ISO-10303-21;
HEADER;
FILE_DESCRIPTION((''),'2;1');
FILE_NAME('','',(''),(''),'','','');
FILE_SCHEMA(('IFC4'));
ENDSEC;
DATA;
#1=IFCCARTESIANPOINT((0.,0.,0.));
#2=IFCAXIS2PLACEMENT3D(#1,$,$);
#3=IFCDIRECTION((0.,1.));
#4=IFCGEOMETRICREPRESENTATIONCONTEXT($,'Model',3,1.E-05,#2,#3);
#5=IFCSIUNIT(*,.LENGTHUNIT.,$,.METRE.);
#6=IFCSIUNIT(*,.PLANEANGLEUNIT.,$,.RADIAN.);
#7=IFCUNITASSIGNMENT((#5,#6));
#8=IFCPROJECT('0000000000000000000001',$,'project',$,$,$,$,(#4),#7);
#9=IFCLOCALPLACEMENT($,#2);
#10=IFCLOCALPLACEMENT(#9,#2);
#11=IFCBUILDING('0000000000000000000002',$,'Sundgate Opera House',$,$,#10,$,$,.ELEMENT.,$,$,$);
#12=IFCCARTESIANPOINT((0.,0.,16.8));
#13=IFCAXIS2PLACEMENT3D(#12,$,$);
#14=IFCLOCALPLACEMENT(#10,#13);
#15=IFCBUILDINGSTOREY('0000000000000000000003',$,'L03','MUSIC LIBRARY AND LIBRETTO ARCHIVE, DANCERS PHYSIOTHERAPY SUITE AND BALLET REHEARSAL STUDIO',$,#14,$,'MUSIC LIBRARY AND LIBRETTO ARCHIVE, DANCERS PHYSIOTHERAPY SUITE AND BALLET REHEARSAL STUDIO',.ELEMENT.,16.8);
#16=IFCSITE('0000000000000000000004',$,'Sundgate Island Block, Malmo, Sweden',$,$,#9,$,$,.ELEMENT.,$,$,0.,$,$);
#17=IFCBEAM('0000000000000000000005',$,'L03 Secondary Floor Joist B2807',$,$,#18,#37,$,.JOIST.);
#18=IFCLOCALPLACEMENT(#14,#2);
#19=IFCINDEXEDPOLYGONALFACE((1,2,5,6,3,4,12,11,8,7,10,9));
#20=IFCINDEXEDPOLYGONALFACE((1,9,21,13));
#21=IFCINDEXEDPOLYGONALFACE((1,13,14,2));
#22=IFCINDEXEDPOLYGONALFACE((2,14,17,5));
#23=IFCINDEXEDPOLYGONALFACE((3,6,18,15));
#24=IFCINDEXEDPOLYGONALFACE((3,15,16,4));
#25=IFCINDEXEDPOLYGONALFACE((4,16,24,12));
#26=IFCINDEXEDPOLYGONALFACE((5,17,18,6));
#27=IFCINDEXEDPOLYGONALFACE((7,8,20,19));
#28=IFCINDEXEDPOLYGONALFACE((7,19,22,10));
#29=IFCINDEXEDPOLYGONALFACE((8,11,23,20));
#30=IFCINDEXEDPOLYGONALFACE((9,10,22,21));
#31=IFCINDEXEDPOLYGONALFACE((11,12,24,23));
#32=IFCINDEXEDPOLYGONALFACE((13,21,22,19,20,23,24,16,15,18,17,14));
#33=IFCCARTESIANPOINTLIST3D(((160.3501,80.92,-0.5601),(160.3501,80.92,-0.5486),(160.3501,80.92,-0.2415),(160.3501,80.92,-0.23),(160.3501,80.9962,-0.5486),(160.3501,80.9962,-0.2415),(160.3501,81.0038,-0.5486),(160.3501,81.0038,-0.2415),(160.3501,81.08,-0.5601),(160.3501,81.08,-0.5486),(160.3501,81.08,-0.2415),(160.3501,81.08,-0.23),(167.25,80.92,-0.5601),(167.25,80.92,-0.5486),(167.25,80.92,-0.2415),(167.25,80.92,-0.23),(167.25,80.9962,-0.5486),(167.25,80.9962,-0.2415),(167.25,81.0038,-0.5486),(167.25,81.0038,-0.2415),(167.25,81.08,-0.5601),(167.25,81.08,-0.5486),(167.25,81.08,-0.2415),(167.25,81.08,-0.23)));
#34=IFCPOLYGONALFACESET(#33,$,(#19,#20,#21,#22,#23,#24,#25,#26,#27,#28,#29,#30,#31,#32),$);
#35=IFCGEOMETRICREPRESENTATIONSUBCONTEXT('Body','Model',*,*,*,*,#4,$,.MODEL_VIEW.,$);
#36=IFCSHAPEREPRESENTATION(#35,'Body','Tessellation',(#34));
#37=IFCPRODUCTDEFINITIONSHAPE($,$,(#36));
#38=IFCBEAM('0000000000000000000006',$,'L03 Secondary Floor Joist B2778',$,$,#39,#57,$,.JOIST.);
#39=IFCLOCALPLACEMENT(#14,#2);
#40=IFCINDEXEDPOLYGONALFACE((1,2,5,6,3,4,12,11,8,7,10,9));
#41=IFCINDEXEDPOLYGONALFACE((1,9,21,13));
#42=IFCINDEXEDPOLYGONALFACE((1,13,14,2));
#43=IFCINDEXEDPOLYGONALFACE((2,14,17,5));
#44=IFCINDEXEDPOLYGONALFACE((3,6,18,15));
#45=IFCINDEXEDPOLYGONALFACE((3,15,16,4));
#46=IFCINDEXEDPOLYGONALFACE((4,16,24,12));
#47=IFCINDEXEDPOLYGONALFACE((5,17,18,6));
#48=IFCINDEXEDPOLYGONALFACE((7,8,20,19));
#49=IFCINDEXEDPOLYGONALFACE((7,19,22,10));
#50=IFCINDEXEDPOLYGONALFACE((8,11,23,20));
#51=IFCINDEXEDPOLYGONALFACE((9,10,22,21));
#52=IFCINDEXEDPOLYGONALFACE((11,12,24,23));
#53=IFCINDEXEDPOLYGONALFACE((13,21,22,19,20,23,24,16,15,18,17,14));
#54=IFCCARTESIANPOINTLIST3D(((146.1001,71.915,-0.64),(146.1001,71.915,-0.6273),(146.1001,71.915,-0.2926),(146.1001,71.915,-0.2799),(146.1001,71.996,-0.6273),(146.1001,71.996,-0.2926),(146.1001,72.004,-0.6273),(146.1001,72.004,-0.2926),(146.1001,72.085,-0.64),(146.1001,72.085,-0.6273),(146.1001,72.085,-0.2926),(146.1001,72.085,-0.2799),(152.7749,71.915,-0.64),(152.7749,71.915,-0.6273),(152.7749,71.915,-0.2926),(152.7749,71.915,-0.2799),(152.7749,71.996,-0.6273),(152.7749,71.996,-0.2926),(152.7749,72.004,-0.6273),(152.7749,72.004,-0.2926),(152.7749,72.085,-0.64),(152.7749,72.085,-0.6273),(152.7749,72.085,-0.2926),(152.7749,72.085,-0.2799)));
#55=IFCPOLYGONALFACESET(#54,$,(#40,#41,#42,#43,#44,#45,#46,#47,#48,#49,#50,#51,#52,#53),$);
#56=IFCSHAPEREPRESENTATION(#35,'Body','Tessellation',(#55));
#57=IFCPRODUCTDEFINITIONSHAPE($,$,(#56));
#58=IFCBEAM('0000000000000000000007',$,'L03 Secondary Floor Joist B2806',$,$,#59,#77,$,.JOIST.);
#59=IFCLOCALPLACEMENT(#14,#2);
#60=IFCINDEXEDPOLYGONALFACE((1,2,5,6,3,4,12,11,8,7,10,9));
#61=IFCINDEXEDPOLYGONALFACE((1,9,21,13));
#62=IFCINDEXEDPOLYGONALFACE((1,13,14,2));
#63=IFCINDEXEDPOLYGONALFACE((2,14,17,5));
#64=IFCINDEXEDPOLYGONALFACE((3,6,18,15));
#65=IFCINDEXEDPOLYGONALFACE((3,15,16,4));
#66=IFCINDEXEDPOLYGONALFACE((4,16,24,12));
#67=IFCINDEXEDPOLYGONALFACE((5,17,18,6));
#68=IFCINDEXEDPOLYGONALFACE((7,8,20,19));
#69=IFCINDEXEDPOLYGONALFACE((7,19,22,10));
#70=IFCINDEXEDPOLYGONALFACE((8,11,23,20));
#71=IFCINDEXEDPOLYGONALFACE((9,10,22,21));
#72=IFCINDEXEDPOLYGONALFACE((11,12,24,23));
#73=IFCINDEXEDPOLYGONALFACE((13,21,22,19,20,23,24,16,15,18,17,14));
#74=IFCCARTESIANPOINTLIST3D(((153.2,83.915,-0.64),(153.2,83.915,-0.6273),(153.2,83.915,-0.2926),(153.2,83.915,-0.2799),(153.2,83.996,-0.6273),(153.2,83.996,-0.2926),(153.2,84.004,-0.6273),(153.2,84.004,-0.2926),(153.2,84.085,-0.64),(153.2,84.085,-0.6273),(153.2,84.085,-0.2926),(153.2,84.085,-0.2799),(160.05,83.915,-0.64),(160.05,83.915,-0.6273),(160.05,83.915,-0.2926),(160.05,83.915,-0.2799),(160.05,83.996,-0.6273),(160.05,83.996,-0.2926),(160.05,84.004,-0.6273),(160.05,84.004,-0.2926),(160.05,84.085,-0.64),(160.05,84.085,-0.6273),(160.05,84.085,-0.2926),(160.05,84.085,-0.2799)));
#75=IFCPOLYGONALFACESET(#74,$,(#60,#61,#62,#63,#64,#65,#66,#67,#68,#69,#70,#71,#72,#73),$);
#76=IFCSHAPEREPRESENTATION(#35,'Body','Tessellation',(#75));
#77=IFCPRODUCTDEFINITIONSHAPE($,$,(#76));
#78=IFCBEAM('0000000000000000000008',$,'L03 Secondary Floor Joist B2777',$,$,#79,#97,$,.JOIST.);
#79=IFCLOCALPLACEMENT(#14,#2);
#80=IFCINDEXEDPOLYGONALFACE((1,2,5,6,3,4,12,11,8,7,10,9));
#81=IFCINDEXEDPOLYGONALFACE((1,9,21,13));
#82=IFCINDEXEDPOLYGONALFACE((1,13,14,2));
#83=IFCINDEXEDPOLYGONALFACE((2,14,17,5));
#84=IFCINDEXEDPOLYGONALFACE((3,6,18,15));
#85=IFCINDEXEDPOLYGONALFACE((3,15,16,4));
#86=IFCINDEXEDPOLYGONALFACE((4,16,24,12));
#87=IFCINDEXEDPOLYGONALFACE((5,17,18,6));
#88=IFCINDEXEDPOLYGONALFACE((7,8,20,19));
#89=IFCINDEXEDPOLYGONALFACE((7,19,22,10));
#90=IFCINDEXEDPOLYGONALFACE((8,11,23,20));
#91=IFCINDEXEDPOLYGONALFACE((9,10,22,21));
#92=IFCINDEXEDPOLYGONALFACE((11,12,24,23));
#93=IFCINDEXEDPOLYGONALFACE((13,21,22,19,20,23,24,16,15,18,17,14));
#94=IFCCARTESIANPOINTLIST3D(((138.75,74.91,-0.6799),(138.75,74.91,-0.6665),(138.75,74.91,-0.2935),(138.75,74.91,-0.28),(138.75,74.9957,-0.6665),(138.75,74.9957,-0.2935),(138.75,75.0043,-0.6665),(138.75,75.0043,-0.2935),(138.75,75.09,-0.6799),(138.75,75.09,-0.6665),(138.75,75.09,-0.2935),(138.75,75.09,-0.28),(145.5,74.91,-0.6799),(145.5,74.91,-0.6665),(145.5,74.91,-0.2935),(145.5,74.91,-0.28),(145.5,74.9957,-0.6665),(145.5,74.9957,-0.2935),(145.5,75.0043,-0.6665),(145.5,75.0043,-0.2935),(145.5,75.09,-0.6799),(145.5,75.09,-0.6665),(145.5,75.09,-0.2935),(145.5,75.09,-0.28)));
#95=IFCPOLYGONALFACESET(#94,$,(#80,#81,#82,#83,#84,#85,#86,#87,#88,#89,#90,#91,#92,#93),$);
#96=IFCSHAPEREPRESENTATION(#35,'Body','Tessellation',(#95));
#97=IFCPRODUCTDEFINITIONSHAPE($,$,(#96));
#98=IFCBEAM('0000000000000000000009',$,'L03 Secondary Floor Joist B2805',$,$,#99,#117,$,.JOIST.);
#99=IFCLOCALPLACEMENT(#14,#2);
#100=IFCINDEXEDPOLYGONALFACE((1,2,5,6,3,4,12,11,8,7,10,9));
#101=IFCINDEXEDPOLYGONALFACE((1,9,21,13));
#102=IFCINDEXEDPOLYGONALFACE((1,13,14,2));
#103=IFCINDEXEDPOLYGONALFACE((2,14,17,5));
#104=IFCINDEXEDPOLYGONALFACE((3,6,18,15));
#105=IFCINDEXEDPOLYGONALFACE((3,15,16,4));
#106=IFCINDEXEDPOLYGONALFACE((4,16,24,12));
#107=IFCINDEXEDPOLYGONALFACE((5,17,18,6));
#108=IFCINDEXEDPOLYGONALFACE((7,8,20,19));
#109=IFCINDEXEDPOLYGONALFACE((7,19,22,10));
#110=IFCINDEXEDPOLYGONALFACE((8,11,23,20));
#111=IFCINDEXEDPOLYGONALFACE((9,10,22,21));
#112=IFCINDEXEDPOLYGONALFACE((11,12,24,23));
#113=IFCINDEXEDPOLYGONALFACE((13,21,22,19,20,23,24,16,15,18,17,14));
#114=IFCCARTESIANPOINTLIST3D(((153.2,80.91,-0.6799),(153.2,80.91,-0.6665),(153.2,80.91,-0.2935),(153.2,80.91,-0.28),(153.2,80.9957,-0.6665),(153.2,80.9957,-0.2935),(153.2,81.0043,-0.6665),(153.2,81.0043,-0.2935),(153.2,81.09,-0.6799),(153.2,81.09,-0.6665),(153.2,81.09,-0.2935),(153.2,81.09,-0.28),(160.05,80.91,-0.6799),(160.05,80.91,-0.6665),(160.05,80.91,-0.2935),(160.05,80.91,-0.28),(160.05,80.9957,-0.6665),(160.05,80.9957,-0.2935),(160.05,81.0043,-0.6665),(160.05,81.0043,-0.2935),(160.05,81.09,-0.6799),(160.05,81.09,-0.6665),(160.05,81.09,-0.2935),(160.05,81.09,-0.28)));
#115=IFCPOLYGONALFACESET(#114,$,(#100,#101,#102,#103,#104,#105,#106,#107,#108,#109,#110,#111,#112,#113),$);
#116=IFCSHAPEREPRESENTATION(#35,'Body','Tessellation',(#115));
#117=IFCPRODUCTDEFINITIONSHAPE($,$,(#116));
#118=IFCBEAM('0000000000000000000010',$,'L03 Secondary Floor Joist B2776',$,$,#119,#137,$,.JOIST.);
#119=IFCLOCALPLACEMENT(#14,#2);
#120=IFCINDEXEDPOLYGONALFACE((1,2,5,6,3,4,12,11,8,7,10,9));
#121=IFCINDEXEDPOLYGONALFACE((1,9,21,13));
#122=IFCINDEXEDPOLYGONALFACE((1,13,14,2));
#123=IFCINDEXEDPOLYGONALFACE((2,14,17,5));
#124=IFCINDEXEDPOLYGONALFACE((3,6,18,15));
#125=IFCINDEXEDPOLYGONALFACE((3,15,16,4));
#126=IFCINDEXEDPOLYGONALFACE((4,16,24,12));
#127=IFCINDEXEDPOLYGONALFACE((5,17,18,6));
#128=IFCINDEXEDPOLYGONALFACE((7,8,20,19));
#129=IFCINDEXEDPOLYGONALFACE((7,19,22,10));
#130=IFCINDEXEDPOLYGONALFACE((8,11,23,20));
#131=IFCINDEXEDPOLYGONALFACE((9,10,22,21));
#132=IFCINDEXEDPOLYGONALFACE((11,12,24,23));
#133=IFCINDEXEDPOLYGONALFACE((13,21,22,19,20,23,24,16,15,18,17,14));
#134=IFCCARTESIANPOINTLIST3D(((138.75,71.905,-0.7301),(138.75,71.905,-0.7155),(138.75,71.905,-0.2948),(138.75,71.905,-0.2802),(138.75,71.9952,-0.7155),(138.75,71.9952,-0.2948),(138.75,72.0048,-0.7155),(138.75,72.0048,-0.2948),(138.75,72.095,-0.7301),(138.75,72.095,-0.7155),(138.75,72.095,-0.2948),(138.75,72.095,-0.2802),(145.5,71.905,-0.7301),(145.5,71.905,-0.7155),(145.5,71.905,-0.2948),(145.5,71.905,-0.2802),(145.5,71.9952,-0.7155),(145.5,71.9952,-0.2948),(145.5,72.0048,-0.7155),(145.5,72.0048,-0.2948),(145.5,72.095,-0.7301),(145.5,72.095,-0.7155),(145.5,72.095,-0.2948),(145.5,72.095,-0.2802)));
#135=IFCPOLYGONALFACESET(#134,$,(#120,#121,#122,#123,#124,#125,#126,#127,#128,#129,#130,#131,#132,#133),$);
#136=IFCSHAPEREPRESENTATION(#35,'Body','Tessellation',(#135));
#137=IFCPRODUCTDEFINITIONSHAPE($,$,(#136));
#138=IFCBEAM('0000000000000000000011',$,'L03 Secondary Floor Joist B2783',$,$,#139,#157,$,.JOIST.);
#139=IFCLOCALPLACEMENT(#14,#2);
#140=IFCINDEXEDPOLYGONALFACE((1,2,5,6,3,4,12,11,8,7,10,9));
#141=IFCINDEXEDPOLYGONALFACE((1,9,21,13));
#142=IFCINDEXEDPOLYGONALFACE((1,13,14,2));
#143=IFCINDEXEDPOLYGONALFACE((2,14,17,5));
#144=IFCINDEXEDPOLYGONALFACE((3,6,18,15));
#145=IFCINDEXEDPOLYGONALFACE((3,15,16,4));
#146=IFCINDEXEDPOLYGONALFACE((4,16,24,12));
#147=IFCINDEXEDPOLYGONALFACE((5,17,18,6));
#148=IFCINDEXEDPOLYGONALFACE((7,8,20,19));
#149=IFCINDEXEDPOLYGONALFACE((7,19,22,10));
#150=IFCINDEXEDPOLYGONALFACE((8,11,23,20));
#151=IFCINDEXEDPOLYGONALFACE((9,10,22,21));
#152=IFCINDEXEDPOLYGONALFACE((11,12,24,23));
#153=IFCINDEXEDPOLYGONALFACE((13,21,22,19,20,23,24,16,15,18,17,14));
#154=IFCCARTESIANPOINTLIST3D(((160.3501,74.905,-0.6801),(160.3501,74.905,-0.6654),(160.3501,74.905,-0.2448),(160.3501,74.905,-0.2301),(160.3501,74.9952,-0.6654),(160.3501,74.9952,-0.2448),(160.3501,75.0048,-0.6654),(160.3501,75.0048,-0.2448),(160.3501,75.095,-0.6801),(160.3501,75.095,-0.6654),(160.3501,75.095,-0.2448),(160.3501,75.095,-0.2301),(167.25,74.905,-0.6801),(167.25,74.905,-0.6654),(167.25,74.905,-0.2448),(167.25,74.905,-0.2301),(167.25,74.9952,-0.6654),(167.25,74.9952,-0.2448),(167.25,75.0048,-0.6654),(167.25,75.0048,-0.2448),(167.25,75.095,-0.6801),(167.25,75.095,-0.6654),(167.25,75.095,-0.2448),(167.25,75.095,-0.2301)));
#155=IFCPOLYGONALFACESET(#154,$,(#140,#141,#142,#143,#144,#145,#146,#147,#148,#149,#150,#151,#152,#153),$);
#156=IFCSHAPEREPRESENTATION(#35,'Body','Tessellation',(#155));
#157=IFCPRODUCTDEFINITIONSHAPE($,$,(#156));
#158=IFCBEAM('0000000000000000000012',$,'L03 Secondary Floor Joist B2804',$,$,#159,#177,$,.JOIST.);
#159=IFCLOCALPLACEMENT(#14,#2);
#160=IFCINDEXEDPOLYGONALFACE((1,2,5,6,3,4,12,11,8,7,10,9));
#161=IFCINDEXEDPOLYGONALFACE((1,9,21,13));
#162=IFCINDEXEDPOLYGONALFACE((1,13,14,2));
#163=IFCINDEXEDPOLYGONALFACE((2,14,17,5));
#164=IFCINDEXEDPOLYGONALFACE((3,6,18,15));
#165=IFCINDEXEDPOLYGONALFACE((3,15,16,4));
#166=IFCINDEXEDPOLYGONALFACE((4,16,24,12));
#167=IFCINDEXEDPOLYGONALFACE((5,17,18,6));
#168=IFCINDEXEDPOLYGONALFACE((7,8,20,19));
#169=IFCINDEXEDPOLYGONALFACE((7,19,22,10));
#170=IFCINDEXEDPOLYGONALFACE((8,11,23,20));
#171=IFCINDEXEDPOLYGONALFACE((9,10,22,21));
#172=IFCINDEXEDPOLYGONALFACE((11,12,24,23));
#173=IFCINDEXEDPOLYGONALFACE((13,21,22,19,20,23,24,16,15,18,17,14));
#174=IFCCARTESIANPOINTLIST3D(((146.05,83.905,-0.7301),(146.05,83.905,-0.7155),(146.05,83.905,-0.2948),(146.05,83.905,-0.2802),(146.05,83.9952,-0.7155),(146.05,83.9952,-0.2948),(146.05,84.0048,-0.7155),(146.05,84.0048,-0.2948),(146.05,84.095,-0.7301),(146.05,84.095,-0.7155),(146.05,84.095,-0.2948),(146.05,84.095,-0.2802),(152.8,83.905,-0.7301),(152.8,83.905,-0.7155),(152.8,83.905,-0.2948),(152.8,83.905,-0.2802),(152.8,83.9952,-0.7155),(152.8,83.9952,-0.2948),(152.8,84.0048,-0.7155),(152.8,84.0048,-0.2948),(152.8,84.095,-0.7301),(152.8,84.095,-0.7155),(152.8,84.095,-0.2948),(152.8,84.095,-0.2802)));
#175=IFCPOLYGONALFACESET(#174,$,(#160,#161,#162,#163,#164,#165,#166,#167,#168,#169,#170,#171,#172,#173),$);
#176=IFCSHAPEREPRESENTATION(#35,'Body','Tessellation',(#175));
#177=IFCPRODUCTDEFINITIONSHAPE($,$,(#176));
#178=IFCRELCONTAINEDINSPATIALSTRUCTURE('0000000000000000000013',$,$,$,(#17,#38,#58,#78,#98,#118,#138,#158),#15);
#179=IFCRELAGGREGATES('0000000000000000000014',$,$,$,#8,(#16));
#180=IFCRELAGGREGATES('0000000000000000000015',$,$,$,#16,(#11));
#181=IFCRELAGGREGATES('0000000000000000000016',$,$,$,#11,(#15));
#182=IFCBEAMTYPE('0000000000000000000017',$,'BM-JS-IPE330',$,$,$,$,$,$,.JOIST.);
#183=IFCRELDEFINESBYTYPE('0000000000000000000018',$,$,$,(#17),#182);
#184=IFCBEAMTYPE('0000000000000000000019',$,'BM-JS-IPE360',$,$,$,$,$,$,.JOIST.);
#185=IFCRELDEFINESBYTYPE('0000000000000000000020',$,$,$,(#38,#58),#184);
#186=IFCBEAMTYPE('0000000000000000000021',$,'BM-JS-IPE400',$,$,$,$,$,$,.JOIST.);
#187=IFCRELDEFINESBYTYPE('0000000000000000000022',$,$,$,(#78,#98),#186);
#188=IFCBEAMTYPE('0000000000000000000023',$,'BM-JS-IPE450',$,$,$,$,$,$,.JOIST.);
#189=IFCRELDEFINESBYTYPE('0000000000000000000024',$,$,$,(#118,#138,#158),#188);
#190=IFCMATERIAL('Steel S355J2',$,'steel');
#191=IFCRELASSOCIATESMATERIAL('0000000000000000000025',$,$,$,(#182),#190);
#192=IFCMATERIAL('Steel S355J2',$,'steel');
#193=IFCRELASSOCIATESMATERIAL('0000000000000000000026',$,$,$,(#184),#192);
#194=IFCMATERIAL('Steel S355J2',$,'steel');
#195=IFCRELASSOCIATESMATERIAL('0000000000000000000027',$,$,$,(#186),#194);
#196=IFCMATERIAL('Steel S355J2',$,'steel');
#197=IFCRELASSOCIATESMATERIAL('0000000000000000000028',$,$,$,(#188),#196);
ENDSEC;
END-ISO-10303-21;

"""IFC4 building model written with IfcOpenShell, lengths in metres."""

from ifc_helpers import new_model, si_unit, direction, frame, origin, origin_2d, place, context, subcontext, project, spatial, i_section, extrude, material, material_profile, profile_set, type_object, element, save


model = new_model("IFC4")

# Units and contexts
model_context = context("Model", 3, precision=1e-05, world=origin(), true_north=direction((0.0, 1.0)))
body_context = subcontext(model_context, "Body", "Model", "MODEL_VIEW")
ifc_project = project(units=[si_unit("LENGTHUNIT", "METRE"), si_unit("PLANEANGLEUNIT", "RADIAN")], contexts=[model_context])

# Site, building, storey
site_placement = place(None, origin())
site = spatial("IfcSite", under=ifc_project, at=site_placement, Name="Sundgate Island Block, Malmo, Sweden", CompositionType="ELEMENT", RefElevation=0.0)
building_placement = place(site_placement, origin())
building = spatial("IfcBuilding", under=site, at=building_placement, Name="Sundgate Opera House", CompositionType="ELEMENT")
storey_placement = place(building_placement, frame((0.0, 0.0, 16.8)))
storey = spatial("IfcBuildingStorey", under=building, at=storey_placement, Name="L03", Description="MUSIC LIBRARY AND LIBRETTO ARCHIVE, DANCERS PHYSIOTHERAPY SUITE AND BALLET REHEARSAL STUDIO", LongName="MUSIC LIBRARY AND LIBRETTO ARCHIVE, DANCERS PHYSIOTHERAPY SUITE AND BALLET REHEARSAL STUDIO", CompositionType="ELEMENT", Elevation=16.8)

# Beams
ifc_material_1 = material(Name="Steel S355J2", Category="steel")
ifc_material_profile_1 = material_profile(ifc_material_1, i_section(OverallWidth=0.1599, OverallDepth=0.3301, WebThickness=0.0076, FlangeThickness=0.0115, at=origin_2d()), Name="IPE 330")
ifc_profile_set_1 = profile_set([ifc_material_profile_1], Name="Steel S355J2")
beam_type_1 = type_object("IfcBeamType", Name="BM-JS-IPE330", PredefinedType="JOIST", material=ifc_profile_set_1)
beam_1_placement = place(storey_placement, frame((160.3501, 81.0, -0.395), z_axis=(1.0, 0.0, 0.0), x_axis=(0.0, 1.0, 0.0)))
element("IfcBeam", 1, at=beam_1_placement, inside=storey, type_object=beam_type_1, Name="L03 Secondary Floor Joist B2807", PredefinedType="JOIST", context=body_context, shape_type="SweptSolid", body=[
    extrude(i_section(OverallWidth=0.1599, OverallDepth=0.3301, WebThickness=0.0076, FlangeThickness=0.0115, at=origin_2d()), origin(), (0.0, 0.0, 1.0), 6.8999),
])
ifc_material_2 = material(Name="Steel S355J2", Category="steel")
ifc_material_profile_2 = material_profile(ifc_material_2, i_section(OverallWidth=0.1699, OverallDepth=0.3601, WebThickness=0.0081, FlangeThickness=0.0127, at=origin_2d()), Name="IPE 360")
ifc_profile_set_2 = profile_set([ifc_material_profile_2], Name="Steel S355J2")
beam_type_2 = type_object("IfcBeamType", Name="BM-JS-IPE360", PredefinedType="JOIST", material=ifc_profile_set_2)
beam_2_placement = place(storey_placement, frame((146.1001, 72.0, -0.46), z_axis=(1.0, 0.0, 0.0), x_axis=(0.0, 1.0, 0.0)))
element("IfcBeam", 2, at=beam_2_placement, inside=storey, type_object=beam_type_2, Name="L03 Secondary Floor Joist B2778", PredefinedType="JOIST", context=body_context, shape_type="SweptSolid", body=[
    extrude(i_section(OverallWidth=0.1699, OverallDepth=0.3601, WebThickness=0.0081, FlangeThickness=0.0127, at=origin_2d()), origin(), (0.0, 0.0, 1.0), 6.6748),
])
beam_3_placement = place(storey_placement, frame((153.2, 84.0, -0.46), z_axis=(1.0, 0.0, 0.0), x_axis=(0.0, 1.0, 0.0)))
element("IfcBeam", 3, at=beam_3_placement, inside=storey, type_object=beam_type_2, Name="L03 Secondary Floor Joist B2806", PredefinedType="JOIST", context=body_context, shape_type="SweptSolid", body=[
    extrude(i_section(OverallWidth=0.1699, OverallDepth=0.3601, WebThickness=0.0081, FlangeThickness=0.0127, at=origin_2d()), origin(), (0.0, 0.0, 1.0), 6.8501),
])
ifc_material_3 = material(Name="Steel S355J2", Category="steel")
ifc_material_profile_3 = material_profile(ifc_material_3, i_section(OverallWidth=0.1799, OverallDepth=0.3999, WebThickness=0.0085, FlangeThickness=0.0134, at=origin_2d()), Name="IPE 400")
ifc_profile_set_3 = profile_set([ifc_material_profile_3], Name="Steel S355J2")
beam_type_3 = type_object("IfcBeamType", Name="BM-JS-IPE400", PredefinedType="JOIST", material=ifc_profile_set_3)
beam_4_placement = place(storey_placement, frame((138.75, 75.0, -0.48), z_axis=(1.0, 0.0, 0.0), x_axis=(0.0, 1.0, 0.0)))
element("IfcBeam", 4, at=beam_4_placement, inside=storey, type_object=beam_type_3, Name="L03 Secondary Floor Joist B2777", PredefinedType="JOIST", context=body_context, shape_type="SweptSolid", body=[
    extrude(i_section(OverallWidth=0.1799, OverallDepth=0.3999, WebThickness=0.0085, FlangeThickness=0.0134, at=origin_2d()), origin(), (0.0, 0.0, 1.0), 6.75),
])
beam_5_placement = place(storey_placement, frame((153.2, 81.0, -0.48), z_axis=(1.0, 0.0, 0.0), x_axis=(0.0, 1.0, 0.0)))
element("IfcBeam", 5, at=beam_5_placement, inside=storey, type_object=beam_type_3, Name="L03 Secondary Floor Joist B2805", PredefinedType="JOIST", context=body_context, shape_type="SweptSolid", body=[
    extrude(i_section(OverallWidth=0.1799, OverallDepth=0.3999, WebThickness=0.0085, FlangeThickness=0.0134, at=origin_2d()), origin(), (0.0, 0.0, 1.0), 6.8501),
])
ifc_material_4 = material(Name="Steel S355J2", Category="steel")
ifc_material_profile_4 = material_profile(ifc_material_4, i_section(OverallWidth=0.1899, OverallDepth=0.45, WebThickness=0.0095, FlangeThickness=0.0146, at=origin_2d()), Name="IPE 450")
ifc_profile_set_4 = profile_set([ifc_material_profile_4], Name="Steel S355J2")
beam_type_4 = type_object("IfcBeamType", Name="BM-JS-IPE450", PredefinedType="JOIST", material=ifc_profile_set_4)
beam_6_placement = place(storey_placement, frame((138.75, 72.0, -0.5051), z_axis=(1.0, 0.0, 0.0), x_axis=(0.0, 1.0, 0.0)))
element("IfcBeam", 6, at=beam_6_placement, inside=storey, type_object=beam_type_4, Name="L03 Secondary Floor Joist B2776", PredefinedType="JOIST", context=body_context, shape_type="SweptSolid", body=[
    extrude(i_section(OverallWidth=0.1899, OverallDepth=0.45, WebThickness=0.0095, FlangeThickness=0.0146, at=origin_2d()), origin(), (0.0, 0.0, 1.0), 6.75),
])
beam_7_placement = place(storey_placement, frame((160.3501, 75.0, -0.4551), z_axis=(1.0, 0.0, 0.0), x_axis=(0.0, 1.0, 0.0)))
element("IfcBeam", 7, at=beam_7_placement, inside=storey, type_object=beam_type_4, Name="L03 Secondary Floor Joist B2783", PredefinedType="JOIST", context=body_context, shape_type="SweptSolid", body=[
    extrude(i_section(OverallWidth=0.1899, OverallDepth=0.45, WebThickness=0.0095, FlangeThickness=0.0146, at=origin_2d()), origin(), (0.0, 0.0, 1.0), 6.8999),
])
beam_8_placement = place(storey_placement, frame((146.05, 84.0, -0.5051), z_axis=(1.0, 0.0, 0.0), x_axis=(0.0, 1.0, 0.0)))
element("IfcBeam", 8, at=beam_8_placement, inside=storey, type_object=beam_type_4, Name="L03 Secondary Floor Joist B2804", PredefinedType="JOIST", context=body_context, shape_type="SweptSolid", body=[
    extrude(i_section(OverallWidth=0.1899, OverallDepth=0.45, WebThickness=0.0095, FlangeThickness=0.0146, at=origin_2d()), origin(), (0.0, 0.0, 1.0), 6.75),
])

save(model, "model.ifc")
